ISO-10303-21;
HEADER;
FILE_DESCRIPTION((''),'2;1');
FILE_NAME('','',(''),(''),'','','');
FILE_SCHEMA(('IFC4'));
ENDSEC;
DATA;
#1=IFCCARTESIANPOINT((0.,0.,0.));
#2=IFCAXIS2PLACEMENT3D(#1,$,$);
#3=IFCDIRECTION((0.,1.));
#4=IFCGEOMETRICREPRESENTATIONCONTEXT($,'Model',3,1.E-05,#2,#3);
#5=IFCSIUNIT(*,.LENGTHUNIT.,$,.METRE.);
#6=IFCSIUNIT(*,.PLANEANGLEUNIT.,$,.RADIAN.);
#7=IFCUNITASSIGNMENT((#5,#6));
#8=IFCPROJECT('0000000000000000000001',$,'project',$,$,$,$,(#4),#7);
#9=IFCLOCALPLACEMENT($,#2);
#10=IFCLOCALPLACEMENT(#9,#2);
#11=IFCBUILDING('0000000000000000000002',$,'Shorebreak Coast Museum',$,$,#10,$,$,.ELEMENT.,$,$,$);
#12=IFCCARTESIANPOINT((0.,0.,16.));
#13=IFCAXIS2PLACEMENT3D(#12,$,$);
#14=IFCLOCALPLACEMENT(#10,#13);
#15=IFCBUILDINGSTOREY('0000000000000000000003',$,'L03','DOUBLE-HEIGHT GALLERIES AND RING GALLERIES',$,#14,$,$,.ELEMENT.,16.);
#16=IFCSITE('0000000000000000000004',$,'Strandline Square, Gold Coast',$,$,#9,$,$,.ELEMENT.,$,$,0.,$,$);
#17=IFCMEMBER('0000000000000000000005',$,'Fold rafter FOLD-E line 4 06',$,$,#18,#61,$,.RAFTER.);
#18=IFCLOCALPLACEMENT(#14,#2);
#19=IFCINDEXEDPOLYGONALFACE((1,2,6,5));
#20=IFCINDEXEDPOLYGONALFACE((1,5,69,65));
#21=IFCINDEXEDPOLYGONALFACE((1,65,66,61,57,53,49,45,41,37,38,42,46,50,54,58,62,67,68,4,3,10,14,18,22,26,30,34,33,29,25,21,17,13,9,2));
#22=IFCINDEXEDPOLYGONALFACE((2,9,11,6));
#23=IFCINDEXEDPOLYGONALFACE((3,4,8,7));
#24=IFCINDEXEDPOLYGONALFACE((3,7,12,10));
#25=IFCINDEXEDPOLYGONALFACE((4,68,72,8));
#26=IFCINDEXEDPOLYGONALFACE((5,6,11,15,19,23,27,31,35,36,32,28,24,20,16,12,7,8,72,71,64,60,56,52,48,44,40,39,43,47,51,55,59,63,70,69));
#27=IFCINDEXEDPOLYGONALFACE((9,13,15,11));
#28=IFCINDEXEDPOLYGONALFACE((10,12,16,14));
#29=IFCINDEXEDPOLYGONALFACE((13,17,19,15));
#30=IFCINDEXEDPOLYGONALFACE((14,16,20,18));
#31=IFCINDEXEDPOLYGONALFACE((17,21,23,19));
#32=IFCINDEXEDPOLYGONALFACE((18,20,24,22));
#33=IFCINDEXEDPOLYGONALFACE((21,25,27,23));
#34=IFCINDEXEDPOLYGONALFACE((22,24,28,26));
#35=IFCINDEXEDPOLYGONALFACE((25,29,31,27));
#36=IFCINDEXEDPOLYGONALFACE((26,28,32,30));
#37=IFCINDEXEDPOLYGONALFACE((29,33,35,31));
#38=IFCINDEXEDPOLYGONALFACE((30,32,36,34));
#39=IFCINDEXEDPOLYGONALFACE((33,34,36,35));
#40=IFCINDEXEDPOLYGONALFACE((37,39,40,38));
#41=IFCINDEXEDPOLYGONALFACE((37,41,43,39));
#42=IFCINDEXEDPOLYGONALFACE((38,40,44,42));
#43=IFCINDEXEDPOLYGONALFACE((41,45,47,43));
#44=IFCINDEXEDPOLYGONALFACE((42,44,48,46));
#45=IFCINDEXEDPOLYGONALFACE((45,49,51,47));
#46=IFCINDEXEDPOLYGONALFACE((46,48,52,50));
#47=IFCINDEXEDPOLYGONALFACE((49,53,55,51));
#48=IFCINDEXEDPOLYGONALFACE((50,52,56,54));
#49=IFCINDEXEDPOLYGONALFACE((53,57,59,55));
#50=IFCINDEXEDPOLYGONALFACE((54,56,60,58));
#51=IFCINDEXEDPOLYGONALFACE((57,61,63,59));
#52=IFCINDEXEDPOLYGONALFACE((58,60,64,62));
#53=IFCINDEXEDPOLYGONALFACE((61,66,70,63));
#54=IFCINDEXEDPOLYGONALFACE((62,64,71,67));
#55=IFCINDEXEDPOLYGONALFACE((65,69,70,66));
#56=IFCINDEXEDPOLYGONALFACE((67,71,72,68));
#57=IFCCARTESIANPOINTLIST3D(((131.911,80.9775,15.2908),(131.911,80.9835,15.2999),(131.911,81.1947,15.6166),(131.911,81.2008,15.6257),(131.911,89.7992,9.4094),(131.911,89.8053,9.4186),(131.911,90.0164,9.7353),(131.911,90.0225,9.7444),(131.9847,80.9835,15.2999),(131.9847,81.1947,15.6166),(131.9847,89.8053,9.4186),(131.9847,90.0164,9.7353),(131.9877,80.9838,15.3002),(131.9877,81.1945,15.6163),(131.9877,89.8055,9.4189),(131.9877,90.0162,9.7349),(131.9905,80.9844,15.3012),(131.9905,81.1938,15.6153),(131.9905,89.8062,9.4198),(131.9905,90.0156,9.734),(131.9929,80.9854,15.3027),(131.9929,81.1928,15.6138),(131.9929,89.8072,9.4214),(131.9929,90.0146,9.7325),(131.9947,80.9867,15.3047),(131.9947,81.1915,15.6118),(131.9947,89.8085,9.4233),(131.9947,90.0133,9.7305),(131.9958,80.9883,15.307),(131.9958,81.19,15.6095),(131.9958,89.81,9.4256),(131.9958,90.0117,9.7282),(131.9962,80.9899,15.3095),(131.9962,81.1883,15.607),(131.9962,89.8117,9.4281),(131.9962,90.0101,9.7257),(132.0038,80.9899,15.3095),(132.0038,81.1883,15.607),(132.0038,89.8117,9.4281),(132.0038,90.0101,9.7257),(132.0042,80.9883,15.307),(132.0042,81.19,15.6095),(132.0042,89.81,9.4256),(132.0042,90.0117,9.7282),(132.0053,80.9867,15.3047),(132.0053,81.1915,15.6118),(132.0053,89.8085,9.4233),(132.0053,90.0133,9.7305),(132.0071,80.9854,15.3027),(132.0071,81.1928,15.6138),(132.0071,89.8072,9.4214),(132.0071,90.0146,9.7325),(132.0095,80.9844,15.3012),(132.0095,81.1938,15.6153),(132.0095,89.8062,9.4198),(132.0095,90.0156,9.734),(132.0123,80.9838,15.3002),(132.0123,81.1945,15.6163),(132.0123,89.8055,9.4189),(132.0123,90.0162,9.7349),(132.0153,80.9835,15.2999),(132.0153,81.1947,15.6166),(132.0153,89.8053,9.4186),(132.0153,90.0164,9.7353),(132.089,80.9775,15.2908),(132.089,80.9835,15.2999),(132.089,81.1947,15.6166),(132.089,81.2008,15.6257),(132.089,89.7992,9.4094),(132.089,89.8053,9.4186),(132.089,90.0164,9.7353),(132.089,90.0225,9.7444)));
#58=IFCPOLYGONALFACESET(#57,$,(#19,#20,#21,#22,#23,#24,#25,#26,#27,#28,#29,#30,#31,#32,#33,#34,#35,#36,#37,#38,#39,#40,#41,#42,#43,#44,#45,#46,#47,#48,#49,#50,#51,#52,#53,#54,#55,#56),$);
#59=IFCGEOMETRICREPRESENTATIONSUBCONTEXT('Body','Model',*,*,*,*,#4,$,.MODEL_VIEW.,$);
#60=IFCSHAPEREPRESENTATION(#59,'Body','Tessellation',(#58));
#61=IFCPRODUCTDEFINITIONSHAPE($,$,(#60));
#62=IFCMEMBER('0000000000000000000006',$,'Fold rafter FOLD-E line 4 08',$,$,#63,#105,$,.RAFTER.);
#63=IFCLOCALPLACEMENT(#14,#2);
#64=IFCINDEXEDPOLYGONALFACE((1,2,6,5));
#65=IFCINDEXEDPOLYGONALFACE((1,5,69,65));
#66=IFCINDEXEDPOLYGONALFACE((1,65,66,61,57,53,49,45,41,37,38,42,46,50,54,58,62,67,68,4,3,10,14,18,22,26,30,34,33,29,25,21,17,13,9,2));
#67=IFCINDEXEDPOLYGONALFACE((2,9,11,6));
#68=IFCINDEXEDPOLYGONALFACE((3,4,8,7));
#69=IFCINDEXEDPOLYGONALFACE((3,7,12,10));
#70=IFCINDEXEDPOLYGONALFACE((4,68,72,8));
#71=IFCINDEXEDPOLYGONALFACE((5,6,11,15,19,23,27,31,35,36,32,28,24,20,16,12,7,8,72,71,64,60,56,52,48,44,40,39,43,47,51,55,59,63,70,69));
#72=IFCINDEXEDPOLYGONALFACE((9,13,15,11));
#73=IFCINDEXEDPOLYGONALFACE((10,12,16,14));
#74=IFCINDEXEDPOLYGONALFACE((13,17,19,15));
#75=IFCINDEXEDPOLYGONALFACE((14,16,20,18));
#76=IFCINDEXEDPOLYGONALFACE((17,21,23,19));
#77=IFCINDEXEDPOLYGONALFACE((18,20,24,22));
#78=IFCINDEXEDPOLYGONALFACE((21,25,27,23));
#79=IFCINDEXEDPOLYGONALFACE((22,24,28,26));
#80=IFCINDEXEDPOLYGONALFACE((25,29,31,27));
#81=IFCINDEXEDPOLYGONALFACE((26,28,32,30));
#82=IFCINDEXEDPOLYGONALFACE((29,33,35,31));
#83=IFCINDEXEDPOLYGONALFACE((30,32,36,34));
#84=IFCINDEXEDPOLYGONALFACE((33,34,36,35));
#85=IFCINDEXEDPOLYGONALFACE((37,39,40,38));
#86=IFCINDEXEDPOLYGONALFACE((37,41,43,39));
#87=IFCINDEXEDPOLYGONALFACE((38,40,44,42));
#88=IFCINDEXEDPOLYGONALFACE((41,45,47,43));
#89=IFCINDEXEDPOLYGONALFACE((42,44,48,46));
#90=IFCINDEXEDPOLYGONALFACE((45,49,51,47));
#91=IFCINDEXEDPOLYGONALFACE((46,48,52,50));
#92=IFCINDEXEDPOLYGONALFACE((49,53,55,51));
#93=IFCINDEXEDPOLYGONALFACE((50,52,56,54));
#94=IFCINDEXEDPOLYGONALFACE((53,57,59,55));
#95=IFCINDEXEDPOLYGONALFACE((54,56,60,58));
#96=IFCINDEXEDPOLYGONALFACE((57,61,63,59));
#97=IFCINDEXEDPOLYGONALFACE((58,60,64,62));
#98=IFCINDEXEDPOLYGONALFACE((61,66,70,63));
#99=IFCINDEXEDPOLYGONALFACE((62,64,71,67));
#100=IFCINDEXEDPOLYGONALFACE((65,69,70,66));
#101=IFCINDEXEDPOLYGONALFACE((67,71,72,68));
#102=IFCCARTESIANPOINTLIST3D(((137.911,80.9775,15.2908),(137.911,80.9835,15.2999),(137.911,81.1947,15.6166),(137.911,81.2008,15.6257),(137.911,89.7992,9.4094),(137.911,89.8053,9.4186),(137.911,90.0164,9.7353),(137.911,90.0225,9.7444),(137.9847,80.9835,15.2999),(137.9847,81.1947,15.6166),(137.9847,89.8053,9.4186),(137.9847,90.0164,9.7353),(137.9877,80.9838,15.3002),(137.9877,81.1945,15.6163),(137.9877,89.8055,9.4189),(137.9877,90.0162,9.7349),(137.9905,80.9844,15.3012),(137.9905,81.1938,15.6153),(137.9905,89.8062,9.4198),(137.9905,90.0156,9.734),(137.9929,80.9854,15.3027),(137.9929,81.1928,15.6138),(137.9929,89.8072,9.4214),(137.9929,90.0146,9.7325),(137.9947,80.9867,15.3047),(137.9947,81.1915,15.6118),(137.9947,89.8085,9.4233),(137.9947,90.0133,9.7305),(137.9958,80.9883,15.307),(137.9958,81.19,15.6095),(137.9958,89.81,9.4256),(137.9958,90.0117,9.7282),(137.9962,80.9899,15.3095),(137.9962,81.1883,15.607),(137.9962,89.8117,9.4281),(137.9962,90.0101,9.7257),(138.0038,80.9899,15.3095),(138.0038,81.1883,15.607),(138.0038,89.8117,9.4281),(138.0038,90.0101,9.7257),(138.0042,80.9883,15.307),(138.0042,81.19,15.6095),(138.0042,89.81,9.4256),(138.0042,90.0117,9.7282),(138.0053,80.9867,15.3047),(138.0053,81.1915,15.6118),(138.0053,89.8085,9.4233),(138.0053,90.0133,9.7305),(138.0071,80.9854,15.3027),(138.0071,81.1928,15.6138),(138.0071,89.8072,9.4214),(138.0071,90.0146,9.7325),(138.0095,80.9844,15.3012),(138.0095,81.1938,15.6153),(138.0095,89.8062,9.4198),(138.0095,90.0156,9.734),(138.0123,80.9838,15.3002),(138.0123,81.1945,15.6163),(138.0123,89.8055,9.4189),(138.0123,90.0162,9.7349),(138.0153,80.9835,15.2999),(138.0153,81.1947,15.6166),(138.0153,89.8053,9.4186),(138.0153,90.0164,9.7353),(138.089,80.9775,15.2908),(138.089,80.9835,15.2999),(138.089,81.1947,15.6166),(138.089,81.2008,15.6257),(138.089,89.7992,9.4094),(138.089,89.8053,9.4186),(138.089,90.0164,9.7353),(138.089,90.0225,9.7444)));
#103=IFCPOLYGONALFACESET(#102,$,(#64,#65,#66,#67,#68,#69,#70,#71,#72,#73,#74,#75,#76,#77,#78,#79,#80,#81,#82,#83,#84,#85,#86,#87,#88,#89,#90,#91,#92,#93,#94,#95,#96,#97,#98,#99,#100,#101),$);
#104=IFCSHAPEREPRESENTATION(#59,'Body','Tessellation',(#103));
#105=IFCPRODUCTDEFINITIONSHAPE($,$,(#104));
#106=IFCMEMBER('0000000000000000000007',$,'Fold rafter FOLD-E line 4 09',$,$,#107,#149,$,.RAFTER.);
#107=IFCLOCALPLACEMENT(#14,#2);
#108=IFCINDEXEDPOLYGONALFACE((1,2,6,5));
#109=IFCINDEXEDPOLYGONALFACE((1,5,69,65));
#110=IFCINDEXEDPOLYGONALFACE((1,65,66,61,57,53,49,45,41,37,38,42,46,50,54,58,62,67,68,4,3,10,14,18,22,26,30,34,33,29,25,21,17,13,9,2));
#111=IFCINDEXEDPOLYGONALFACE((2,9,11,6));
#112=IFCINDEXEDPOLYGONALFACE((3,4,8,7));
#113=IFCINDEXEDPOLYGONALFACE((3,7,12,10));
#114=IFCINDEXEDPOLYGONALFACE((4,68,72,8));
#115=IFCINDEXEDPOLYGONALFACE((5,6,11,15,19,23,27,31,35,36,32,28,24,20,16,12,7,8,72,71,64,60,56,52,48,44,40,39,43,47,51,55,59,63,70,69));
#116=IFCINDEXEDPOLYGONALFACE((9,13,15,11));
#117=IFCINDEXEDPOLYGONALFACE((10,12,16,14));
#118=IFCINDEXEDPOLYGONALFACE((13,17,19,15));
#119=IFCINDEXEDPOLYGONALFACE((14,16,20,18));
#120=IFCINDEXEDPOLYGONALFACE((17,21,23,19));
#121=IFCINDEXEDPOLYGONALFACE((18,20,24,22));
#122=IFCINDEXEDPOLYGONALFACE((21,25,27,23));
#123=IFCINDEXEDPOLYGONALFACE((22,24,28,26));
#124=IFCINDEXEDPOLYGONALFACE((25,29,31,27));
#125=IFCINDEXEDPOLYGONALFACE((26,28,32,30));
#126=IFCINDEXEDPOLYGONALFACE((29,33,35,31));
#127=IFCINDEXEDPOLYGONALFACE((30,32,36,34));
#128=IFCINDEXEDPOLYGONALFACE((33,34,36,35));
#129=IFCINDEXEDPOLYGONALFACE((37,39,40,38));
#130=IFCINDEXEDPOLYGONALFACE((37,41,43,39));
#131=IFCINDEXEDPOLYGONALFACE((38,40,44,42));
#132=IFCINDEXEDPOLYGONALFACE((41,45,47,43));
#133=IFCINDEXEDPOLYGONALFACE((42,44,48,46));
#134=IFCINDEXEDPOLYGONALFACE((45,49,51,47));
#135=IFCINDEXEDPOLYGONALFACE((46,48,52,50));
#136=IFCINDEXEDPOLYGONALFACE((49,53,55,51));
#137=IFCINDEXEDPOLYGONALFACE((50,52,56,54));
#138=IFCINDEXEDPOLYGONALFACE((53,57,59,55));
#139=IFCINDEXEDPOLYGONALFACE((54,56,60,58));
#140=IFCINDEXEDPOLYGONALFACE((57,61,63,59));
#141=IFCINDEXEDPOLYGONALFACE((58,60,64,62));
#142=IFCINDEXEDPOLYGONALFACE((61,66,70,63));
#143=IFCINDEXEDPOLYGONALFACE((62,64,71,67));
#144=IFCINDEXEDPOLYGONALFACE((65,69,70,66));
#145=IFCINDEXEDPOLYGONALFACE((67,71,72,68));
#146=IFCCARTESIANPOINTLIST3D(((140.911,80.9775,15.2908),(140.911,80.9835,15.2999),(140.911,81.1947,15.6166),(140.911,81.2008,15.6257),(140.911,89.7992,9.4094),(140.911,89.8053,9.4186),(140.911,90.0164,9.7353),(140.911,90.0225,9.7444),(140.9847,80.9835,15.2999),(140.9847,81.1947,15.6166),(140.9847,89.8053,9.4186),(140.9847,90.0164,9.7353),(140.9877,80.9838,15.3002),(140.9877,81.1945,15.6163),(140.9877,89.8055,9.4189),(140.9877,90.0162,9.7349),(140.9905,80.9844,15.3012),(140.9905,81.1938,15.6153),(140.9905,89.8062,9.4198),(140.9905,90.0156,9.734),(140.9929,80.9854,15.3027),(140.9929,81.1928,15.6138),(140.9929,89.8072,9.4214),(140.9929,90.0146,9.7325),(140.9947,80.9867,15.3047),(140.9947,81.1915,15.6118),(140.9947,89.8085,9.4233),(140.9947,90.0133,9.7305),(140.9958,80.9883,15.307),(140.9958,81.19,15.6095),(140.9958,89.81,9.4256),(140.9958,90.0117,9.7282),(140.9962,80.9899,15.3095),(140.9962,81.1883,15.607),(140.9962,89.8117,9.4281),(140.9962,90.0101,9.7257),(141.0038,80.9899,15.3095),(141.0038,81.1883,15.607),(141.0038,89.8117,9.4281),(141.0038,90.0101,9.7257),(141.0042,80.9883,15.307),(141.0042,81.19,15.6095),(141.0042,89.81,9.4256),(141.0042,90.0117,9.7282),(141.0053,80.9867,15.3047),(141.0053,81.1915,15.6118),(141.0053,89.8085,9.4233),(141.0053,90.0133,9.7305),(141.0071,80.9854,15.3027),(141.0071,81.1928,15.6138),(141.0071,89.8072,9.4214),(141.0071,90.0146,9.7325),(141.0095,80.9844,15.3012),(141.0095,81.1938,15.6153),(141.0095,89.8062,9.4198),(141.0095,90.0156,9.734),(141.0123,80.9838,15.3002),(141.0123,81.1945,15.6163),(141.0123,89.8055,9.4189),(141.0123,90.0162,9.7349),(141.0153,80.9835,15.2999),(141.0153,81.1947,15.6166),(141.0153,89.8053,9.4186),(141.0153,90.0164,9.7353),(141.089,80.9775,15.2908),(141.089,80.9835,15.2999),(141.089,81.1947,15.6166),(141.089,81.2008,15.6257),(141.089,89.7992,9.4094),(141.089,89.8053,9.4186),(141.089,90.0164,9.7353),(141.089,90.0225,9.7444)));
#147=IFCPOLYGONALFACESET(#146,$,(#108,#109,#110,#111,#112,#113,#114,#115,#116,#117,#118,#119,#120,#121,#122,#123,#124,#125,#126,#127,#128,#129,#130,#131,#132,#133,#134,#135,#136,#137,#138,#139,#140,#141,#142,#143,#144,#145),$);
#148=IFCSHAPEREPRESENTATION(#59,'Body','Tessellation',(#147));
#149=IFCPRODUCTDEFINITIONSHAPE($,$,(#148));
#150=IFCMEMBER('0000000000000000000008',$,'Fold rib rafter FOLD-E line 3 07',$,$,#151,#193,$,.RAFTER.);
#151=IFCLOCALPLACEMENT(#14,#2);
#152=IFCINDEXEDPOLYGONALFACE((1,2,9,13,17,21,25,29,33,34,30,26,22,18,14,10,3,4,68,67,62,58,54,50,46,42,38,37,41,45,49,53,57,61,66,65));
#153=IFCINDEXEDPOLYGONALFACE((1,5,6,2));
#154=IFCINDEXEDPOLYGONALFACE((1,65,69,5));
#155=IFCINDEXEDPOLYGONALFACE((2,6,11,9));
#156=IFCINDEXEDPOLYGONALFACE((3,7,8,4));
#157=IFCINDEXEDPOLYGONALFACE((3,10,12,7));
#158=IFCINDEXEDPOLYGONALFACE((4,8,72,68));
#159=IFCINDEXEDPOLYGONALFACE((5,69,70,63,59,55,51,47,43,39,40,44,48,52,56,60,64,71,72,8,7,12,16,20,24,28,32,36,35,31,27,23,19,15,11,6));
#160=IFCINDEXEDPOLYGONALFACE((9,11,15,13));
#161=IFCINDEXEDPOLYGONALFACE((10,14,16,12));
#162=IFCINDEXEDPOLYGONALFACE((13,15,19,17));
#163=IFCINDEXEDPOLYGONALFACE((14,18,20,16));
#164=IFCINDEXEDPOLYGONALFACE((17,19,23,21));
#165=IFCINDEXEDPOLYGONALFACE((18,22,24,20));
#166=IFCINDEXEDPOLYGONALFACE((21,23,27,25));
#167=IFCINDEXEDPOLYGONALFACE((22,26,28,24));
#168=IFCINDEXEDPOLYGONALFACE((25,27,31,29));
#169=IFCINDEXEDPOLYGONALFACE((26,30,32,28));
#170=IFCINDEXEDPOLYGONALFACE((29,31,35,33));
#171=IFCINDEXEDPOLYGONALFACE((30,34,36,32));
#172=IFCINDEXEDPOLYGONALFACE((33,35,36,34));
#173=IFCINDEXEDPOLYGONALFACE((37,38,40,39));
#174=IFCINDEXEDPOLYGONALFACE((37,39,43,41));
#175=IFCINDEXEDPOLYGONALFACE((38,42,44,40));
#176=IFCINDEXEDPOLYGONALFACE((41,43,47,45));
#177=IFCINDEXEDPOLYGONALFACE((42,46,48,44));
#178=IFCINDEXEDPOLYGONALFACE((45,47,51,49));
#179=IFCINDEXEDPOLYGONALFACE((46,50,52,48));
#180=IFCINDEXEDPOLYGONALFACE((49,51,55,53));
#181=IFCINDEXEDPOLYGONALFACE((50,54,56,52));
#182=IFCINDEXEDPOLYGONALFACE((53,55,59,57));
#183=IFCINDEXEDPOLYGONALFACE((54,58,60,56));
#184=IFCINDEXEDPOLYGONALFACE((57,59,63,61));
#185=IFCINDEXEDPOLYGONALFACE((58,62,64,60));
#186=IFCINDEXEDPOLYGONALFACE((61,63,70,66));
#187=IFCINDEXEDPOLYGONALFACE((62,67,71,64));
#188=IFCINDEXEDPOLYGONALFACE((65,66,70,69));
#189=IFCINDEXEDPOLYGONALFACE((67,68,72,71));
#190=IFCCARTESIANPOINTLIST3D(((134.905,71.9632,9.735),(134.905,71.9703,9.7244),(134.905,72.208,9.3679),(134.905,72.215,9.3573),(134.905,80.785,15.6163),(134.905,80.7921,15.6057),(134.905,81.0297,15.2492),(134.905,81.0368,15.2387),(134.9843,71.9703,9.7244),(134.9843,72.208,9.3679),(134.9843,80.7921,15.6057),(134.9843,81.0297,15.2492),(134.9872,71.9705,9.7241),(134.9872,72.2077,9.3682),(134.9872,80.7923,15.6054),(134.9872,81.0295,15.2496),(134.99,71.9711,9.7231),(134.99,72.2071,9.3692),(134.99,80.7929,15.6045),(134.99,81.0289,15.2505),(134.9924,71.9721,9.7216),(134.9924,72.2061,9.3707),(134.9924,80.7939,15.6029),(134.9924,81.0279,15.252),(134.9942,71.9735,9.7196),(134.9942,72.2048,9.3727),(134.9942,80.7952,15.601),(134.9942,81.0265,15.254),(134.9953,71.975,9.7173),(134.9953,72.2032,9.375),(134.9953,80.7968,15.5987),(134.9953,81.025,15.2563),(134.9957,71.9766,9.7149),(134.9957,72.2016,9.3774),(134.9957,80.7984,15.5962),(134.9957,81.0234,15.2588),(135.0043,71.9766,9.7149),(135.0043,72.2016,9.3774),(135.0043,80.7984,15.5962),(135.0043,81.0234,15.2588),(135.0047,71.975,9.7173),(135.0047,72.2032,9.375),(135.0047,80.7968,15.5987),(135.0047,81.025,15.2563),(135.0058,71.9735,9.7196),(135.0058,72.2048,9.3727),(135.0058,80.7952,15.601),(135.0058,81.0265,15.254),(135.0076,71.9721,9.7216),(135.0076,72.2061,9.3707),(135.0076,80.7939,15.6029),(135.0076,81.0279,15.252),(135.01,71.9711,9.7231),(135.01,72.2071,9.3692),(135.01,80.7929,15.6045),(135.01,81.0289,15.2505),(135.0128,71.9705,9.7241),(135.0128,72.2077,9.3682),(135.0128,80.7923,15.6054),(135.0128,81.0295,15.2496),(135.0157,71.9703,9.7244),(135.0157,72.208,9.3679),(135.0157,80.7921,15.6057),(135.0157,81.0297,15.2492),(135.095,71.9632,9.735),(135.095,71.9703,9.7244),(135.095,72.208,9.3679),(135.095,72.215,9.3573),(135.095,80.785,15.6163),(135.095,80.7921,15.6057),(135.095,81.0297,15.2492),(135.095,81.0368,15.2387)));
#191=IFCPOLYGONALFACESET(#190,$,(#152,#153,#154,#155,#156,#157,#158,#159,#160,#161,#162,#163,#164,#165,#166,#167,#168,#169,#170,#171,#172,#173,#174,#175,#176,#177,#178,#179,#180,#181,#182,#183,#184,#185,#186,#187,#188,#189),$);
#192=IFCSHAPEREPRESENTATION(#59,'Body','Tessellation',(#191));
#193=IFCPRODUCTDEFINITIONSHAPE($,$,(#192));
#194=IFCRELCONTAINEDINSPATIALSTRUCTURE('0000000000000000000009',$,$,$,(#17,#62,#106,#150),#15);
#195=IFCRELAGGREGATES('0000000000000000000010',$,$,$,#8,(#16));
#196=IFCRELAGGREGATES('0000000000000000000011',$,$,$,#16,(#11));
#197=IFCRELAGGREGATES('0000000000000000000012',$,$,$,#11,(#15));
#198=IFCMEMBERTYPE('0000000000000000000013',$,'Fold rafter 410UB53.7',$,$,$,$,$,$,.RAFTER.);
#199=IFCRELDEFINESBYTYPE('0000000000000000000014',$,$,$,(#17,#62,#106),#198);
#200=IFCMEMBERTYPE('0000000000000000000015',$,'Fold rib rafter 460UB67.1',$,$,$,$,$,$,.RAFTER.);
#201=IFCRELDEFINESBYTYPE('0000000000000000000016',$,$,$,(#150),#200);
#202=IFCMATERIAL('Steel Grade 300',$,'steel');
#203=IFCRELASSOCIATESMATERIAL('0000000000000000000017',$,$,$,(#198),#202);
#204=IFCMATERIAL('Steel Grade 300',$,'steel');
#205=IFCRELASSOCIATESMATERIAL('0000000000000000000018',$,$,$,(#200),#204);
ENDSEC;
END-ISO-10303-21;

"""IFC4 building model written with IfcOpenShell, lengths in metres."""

from ifc_helpers import new_model, si_unit, direction, frame, origin, origin_2d, place, context, subcontext, project, spatial, i_section, extrude, material, material_profile, profile_set, type_object, element, save


model = new_model("IFC4")

# Units and contexts
model_context = context("Model", 3, precision=1e-05, world=origin(), true_north=direction((0.0, 1.0)))
body_context = subcontext(model_context, "Body", "Model", "MODEL_VIEW")
ifc_project = project(units=[si_unit("LENGTHUNIT", "METRE"), si_unit("PLANEANGLEUNIT", "RADIAN")], contexts=[model_context])

# Site, building, storey
site_placement = place(None, origin())
site = spatial("IfcSite", under=ifc_project, at=site_placement, Name="Strandline Square, Gold Coast", CompositionType="ELEMENT", RefElevation=0.0)
building_placement = place(site_placement, origin())
building = spatial("IfcBuilding", under=site, at=building_placement, Name="Shorebreak Coast Museum", CompositionType="ELEMENT")
storey_placement = place(building_placement, frame((0.0, 0.0, 16.0)))
storey = spatial("IfcBuildingStorey", under=building, at=storey_placement, Name="L03", Description="DOUBLE-HEIGHT GALLERIES AND RING GALLERIES", CompositionType="ELEMENT", Elevation=16.0)

# Members
ifc_material_1 = material(Name="Steel Grade 300", Category="steel")
ifc_material_profile_1 = material_profile(ifc_material_1, i_section(OverallWidth=0.178, OverallDepth=0.4026, WebThickness=0.0076, FlangeThickness=0.011, FilletRadius=0.0115, at=origin_2d()), Name="410UB53.7")
ifc_profile_set_1 = profile_set([ifc_material_profile_1], Name="Steel Grade 300")
member_type_1 = type_object("IfcMemberType", Name="Fold rafter 410UB53.7", PredefinedType="RAFTER", material=ifc_profile_set_1)
for number, where, z_axis, x_axis, name in (
    (1, (132.0, 81.0891, 15.4583), (0.0, 0.832043, -0.554711), (-1.0, 0.0, 0.0), "Fold rafter FOLD-E line 4 06"),
    (2, (138.0, 81.0891, 15.4583), (0.0, 0.832043, -0.554711), (-1.0, 0.0, 0.0), "Fold rafter FOLD-E line 4 08"),
    (3, (141.0, 81.0891, 15.4583), (0.0, 0.832043, -0.554711), (-1.0, 0.0, 0.0), "Fold rafter FOLD-E line 4 09"),
):
    element("IfcMember", number, at=place(storey_placement, frame(where, z_axis=z_axis, x_axis=x_axis)), inside=storey, type_object=member_type_1, Name=name, PredefinedType="RAFTER", context=body_context, shape_type="SweptSolid", body=[
        extrude(i_section(OverallWidth=0.178, OverallDepth=0.4026, WebThickness=0.0076, FlangeThickness=0.011, FilletRadius=0.0115, at=origin_2d()), origin(), (0.0, 0.0, 1.0), 10.6025),
    ])
ifc_material_2 = material(Name="Steel Grade 300", Category="steel")
ifc_material_profile_2 = material_profile(ifc_material_2, i_section(OverallWidth=0.1899, OverallDepth=0.4539, WebThickness=0.0085, FlangeThickness=0.0127, FilletRadius=0.0115, at=origin_2d()), Name="460UB67.1")
ifc_profile_set_2 = profile_set([ifc_material_profile_2], Name="Steel Grade 300")
member_type_2 = type_object("IfcMemberType", Name="Fold rib rafter 460UB67.1", PredefinedType="RAFTER", material=ifc_profile_set_2)
for number, where, z_axis, x_axis, name in (
    (4, (135.0, 80.9109, 15.4275), (0.0, -0.832043, -0.554711), (1.0, 0.0, 0.0), "Fold rib rafter FOLD-E line 3 07"),
):
    element("IfcMember", number, at=place(storey_placement, frame(where, z_axis=z_axis, x_axis=x_axis)), inside=storey, type_object=member_type_2, Name=name, PredefinedType="RAFTER", context=body_context, shape_type="SweptSolid", body=[
        extrude(i_section(OverallWidth=0.1899, OverallDepth=0.4539, WebThickness=0.0085, FlangeThickness=0.0127, FilletRadius=0.0115, at=origin_2d()), origin(), (0.0, 0.0, 1.0), 10.6025),
    ])

save(model, "model.ifc")
